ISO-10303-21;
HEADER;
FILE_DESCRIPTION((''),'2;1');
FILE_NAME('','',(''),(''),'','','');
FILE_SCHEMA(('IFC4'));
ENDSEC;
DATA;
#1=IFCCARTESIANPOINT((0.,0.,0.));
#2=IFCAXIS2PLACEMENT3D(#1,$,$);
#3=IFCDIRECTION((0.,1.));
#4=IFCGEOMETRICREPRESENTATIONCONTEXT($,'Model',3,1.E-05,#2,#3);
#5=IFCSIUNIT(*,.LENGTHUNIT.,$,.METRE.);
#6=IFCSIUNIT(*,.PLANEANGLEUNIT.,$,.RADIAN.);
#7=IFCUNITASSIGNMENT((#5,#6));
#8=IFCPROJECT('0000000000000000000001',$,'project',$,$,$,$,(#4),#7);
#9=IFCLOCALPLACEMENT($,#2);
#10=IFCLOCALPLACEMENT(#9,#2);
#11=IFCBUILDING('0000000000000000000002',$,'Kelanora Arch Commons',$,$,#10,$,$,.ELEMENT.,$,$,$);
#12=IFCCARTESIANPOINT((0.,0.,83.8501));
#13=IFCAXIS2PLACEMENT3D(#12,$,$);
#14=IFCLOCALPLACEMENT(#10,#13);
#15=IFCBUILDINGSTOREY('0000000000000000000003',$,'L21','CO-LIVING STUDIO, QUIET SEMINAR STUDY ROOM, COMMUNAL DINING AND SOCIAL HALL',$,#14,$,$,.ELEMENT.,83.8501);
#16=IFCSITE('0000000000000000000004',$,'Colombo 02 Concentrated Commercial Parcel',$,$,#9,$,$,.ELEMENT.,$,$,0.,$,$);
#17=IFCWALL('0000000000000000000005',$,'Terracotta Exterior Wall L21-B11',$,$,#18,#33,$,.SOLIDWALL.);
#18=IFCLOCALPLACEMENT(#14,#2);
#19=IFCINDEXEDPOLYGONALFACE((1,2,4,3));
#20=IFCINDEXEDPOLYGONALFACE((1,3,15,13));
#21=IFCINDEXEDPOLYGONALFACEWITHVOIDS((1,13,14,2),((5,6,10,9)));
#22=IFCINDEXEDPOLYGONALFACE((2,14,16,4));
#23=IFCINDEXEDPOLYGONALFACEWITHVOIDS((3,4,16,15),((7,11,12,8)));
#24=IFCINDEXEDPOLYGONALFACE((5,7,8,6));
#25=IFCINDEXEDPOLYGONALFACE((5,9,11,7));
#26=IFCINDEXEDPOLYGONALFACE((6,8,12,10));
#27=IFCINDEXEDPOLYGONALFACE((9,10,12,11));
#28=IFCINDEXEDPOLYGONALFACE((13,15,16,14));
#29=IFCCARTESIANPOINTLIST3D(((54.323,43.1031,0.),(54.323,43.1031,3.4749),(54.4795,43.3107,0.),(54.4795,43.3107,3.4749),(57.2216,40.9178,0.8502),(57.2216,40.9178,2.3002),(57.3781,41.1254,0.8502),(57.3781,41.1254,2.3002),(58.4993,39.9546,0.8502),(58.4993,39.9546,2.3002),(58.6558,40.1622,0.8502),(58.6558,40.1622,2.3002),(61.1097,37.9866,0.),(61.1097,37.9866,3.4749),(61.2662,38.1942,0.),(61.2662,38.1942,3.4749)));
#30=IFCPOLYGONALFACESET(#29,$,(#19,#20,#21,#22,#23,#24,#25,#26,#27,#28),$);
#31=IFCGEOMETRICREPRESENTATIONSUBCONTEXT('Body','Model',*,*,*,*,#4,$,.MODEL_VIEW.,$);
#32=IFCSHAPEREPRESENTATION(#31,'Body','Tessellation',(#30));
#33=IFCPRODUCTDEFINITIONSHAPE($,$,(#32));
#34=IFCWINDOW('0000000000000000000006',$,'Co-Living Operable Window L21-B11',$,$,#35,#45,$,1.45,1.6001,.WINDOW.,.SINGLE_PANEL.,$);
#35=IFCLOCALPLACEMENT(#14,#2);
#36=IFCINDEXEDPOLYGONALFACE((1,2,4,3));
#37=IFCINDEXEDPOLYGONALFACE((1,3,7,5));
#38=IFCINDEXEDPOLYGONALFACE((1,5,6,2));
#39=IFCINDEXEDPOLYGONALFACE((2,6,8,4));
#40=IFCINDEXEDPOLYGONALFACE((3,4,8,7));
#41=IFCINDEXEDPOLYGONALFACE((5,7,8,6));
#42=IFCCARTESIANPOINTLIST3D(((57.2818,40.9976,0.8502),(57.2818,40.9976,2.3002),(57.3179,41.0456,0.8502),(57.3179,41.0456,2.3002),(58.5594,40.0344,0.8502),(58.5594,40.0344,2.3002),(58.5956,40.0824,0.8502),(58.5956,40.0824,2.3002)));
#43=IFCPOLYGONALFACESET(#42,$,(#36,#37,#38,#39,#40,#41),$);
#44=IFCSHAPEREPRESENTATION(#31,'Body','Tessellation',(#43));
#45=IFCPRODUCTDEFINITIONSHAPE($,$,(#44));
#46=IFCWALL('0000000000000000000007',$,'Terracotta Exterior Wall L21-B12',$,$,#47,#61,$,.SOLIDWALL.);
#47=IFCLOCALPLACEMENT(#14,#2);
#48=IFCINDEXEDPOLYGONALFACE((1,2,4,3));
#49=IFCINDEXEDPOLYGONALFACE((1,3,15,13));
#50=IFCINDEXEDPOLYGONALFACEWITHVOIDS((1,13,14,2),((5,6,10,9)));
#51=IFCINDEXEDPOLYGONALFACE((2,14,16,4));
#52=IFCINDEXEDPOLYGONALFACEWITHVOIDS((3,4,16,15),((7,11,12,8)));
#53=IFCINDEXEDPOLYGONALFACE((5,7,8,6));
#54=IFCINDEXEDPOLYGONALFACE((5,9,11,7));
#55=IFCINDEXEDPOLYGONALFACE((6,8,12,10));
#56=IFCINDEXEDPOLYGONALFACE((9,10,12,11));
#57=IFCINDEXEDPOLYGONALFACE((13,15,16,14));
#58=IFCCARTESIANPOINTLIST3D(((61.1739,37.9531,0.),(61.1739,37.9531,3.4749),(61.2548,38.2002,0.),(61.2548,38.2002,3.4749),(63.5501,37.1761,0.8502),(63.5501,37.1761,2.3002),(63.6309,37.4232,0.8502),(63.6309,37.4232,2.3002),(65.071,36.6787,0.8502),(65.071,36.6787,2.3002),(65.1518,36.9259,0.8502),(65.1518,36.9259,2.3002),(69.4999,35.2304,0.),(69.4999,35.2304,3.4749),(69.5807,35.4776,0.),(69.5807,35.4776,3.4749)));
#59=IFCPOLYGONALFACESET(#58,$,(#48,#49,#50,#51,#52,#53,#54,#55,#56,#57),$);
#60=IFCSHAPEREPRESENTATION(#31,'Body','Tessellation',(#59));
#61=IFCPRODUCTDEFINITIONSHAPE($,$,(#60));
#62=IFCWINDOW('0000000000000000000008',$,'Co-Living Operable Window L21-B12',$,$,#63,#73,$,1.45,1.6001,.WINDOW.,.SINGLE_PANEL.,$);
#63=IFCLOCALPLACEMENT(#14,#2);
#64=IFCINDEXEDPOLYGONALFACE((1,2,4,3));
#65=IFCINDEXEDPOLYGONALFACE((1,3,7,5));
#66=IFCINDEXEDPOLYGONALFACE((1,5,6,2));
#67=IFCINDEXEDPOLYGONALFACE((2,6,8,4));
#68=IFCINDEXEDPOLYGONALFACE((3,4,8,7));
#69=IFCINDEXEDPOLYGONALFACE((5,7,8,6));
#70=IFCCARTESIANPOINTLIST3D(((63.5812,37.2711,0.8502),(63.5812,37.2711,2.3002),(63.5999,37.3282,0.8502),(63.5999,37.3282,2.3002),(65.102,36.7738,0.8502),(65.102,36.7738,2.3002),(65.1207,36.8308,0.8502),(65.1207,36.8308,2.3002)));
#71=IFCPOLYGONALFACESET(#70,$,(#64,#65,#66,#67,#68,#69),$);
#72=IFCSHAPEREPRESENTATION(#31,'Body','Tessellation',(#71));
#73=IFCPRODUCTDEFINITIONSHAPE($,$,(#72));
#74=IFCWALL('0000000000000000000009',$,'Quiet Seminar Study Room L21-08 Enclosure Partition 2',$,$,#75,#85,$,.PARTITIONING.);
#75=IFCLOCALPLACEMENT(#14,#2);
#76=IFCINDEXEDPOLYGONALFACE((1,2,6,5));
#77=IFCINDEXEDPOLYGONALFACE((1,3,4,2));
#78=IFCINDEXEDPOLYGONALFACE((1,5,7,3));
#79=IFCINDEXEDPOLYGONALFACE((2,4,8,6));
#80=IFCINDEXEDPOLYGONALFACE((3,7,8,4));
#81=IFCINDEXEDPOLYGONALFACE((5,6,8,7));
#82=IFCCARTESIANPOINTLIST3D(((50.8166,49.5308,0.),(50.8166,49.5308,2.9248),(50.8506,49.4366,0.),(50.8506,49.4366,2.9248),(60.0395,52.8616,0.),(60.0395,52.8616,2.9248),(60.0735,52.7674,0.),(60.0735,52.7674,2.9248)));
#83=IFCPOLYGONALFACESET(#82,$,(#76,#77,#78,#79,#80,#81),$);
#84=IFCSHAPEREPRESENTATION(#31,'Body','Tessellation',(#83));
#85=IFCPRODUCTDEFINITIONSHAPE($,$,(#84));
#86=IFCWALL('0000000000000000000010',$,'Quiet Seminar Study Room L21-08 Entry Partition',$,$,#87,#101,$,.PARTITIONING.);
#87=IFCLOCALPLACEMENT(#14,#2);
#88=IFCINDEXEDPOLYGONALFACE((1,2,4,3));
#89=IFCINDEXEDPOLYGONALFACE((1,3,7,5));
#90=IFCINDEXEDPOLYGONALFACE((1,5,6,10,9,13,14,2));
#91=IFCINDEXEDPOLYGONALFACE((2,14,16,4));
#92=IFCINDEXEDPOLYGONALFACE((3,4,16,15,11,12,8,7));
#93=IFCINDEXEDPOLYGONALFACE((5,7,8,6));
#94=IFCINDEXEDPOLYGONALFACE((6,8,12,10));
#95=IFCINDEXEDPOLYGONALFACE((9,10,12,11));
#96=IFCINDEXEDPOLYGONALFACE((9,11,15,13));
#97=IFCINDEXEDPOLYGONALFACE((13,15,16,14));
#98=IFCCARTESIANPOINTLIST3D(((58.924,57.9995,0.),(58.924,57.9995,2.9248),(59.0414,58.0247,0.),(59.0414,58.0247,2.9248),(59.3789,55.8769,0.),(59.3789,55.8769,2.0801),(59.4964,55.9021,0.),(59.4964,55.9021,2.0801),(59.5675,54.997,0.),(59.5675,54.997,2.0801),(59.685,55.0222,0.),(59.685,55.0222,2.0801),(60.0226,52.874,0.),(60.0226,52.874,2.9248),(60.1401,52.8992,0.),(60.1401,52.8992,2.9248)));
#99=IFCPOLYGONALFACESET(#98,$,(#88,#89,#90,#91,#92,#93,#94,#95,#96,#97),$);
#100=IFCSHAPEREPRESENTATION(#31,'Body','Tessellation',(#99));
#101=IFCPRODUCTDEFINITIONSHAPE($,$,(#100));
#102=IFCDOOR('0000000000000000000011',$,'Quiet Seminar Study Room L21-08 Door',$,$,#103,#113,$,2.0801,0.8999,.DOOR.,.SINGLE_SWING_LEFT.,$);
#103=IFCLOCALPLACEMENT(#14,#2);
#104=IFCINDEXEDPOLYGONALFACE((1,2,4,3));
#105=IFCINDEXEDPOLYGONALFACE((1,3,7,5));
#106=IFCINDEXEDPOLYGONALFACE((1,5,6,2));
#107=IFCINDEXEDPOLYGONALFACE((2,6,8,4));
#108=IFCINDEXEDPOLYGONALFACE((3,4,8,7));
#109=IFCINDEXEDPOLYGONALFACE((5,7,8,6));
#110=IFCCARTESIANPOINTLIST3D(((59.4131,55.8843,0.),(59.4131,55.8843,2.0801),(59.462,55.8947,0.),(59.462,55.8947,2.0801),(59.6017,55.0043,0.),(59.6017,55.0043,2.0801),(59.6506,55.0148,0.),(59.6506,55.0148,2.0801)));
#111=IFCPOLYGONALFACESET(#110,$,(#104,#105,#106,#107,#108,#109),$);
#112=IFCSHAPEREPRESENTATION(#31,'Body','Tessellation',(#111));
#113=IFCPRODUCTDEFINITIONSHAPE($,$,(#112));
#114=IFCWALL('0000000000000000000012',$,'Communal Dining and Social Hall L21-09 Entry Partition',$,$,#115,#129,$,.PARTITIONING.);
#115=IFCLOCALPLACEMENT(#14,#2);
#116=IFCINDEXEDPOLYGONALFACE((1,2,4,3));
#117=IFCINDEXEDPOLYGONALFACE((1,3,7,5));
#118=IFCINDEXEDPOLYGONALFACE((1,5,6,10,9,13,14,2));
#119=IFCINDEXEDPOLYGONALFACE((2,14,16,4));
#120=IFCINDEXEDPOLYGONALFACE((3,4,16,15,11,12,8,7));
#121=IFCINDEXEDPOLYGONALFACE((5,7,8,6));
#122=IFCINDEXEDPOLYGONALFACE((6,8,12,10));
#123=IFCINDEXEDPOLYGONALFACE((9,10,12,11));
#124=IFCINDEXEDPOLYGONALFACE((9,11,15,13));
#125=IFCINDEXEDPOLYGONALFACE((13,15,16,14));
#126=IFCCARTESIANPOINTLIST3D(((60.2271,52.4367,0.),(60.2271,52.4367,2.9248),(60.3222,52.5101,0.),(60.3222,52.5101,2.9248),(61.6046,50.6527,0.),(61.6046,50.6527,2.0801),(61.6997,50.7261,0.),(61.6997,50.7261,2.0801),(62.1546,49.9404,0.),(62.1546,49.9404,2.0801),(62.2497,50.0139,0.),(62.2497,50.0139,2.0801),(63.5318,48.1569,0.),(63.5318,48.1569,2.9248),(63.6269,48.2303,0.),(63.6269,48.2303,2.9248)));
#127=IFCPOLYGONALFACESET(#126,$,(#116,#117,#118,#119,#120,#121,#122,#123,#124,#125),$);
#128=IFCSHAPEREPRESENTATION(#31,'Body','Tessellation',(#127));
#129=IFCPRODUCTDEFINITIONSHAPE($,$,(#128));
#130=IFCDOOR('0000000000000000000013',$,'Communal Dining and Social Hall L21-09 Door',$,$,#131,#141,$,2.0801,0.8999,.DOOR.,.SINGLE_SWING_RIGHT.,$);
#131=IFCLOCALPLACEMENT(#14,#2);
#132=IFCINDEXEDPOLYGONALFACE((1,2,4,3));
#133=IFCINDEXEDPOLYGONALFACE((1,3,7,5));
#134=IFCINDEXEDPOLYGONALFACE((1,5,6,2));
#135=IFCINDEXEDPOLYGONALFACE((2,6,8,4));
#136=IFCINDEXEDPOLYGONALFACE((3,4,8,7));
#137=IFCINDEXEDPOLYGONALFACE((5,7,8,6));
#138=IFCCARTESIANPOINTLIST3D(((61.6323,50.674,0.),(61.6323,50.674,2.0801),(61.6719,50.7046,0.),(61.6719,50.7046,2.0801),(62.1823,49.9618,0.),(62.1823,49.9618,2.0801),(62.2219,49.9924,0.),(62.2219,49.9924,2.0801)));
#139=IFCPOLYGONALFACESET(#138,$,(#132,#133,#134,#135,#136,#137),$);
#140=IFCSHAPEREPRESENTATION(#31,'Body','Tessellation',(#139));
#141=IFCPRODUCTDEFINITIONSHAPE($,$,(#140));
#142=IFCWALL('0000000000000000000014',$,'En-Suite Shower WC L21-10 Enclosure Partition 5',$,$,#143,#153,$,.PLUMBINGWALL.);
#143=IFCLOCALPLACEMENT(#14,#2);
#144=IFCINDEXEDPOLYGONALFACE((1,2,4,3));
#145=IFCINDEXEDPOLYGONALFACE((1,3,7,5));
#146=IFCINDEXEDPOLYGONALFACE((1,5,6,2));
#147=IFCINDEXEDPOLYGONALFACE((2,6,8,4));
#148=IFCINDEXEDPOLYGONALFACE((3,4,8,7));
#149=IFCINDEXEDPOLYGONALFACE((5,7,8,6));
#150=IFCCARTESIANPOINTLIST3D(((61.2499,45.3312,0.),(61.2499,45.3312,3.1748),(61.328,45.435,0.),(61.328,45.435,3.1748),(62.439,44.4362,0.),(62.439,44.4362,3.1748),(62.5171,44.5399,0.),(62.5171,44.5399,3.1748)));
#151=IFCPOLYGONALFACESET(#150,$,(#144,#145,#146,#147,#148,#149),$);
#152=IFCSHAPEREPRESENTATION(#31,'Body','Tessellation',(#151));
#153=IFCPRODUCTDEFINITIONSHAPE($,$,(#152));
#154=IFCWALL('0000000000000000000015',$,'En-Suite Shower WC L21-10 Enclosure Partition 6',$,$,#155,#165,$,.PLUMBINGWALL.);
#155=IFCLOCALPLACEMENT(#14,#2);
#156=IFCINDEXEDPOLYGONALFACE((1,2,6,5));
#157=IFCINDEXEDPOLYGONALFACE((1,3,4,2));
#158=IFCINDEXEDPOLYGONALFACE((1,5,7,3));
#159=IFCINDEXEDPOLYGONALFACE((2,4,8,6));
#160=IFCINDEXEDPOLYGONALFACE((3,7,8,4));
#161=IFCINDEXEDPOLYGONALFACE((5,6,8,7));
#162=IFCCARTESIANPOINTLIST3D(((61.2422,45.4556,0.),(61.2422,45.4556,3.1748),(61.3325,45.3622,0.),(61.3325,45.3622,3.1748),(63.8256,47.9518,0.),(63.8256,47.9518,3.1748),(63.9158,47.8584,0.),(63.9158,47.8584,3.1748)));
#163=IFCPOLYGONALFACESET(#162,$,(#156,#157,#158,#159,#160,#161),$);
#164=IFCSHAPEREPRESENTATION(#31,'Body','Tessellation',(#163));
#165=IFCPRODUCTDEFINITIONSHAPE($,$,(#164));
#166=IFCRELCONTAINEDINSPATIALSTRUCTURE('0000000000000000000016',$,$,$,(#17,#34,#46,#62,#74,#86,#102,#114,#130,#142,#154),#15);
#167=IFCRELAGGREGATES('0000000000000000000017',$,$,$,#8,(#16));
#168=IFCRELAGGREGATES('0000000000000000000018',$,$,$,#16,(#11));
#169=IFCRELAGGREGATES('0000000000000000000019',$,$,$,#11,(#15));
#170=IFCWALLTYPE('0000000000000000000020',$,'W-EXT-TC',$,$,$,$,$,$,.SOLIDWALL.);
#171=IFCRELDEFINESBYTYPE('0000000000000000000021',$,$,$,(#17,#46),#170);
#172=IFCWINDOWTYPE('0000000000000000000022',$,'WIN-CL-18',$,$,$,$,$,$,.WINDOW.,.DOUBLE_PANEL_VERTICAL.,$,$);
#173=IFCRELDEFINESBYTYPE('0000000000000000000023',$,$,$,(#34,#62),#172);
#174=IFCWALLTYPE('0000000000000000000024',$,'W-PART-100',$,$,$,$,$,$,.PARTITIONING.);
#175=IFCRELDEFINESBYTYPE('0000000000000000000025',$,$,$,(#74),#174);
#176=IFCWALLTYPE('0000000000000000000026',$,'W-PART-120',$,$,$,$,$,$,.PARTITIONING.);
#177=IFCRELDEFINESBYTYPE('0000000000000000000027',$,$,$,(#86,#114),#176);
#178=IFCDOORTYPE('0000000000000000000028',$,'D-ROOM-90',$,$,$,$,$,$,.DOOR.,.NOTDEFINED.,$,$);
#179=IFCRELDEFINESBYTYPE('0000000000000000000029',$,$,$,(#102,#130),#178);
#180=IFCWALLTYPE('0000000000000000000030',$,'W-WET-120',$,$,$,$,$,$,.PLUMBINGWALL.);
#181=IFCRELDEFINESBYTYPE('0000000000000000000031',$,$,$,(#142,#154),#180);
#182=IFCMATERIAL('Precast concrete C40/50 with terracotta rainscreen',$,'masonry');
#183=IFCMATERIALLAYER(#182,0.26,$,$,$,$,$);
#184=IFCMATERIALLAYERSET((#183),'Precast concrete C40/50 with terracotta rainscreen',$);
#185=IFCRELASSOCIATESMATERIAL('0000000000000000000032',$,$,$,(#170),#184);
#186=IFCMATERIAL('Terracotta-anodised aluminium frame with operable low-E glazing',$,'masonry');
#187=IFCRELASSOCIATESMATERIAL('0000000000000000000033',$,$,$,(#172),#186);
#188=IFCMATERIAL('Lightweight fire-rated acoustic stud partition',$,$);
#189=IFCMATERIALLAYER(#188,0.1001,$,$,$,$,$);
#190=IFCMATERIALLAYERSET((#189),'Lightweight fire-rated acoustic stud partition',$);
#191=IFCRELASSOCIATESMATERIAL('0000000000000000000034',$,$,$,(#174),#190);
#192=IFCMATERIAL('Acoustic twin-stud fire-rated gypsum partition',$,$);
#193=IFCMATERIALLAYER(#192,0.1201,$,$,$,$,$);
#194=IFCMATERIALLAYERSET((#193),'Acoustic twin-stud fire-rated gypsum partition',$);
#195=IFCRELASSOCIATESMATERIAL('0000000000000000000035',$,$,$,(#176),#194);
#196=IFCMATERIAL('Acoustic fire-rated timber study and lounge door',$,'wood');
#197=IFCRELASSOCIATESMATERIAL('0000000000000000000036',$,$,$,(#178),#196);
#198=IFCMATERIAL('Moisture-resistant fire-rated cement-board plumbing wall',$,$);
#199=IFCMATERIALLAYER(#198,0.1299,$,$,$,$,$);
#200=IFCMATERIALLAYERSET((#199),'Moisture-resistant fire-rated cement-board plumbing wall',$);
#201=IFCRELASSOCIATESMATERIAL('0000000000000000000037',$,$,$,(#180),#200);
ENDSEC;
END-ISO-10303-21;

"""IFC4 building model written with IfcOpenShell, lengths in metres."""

from ifc_helpers import new_model, si_unit, direction, frame, frame_2d, origin, place, context, subcontext, project, spatial, rectangle, extrude, material, layer, layer_set, type_object, element, fill, save


model = new_model("IFC4")

# Units and contexts
model_context = context("Model", 3, precision=1e-05, world=origin(), true_north=direction((0.0, 1.0)))
body_context = subcontext(model_context, "Body", "Model", "MODEL_VIEW")
ifc_project = project(units=[si_unit("LENGTHUNIT", "METRE"), si_unit("PLANEANGLEUNIT", "RADIAN")], contexts=[model_context])

# Site, building, storey
site_placement = place(None, origin())
site = spatial("IfcSite", under=ifc_project, at=site_placement, Name="Colombo 02 Concentrated Commercial Parcel", CompositionType="ELEMENT", RefElevation=0.0)
building_placement = place(site_placement, origin())
building = spatial("IfcBuilding", under=site, at=building_placement, Name="Kelanora Arch Commons", CompositionType="ELEMENT")
storey_placement = place(building_placement, frame((0.0, 0.0, 83.8501)))
storey = spatial("IfcBuildingStorey", under=building, at=storey_placement, Name="L21", Description="CO-LIVING STUDIO, QUIET SEMINAR STUDY ROOM, COMMUNAL DINING AND SOCIAL HALL", CompositionType="ELEMENT", Elevation=83.8501)

# Walls, openings, windows
ifc_material_1 = material(Name="Precast concrete C40/50 with terracotta rainscreen", Category="masonry")
ifc_layer_1 = layer(ifc_material_1, 0.26)
ifc_layer_set_1 = layer_set([ifc_layer_1], Name="Precast concrete C40/50 with terracotta rainscreen")
wall_type_1 = type_object("IfcWallType", Name="W-EXT-TC", PredefinedType="SOLIDWALL", material=ifc_layer_set_1)
wall_1_placement = place(storey_placement, frame((54.4014, 43.2068, 0.0), z_axis=(0.0, 0.0, 1.0), x_axis=(0.798502, -0.601993, 0.0)))
wall_1 = element("IfcWall", 1, at=wall_1_placement, inside=storey, type_object=wall_type_1, Name="Terracotta Exterior Wall L21-B11", PredefinedType="SOLIDWALL", context=body_context, shape_type="SweptSolid", body=[
    extrude(rectangle(XDim=8.4993, YDim=0.26, at=frame_2d((4.2495, 0.0))), origin(), (0.0, 0.0, 1.0), 3.4749),
])
opening_1_placement = place(wall_1_placement, frame((3.6299, 0.0, 0.8501)))
opening_1 = element("IfcOpeningElement", 2, at=opening_1_placement, cuts=wall_1, PredefinedType="OPENING", context=body_context, shape_type="SweptSolid", body=[
    extrude(rectangle(XDim=1.6001, YDim=1.45, at=frame_2d((0.8, 0.7251))), frame((0.0, 0.1401, 0.0), z_axis=(0.0, -1.0, 0.0), x_axis=(1.0, 0.0, 0.0)), (0.0, 0.0, 1.0), 0.28),
])
ifc_material_2 = material(Name="Terracotta-anodised aluminium frame with operable low-E glazing", Category="masonry")
window_type = type_object("IfcWindowType", Name="WIN-CL-18", PartitioningType="DOUBLE_PANEL_VERTICAL", PredefinedType="WINDOW", material=ifc_material_2)
window_1_placement = place(opening_1_placement, origin())
window_1 = element("IfcWindow", 3, at=window_1_placement, inside=storey, type_object=window_type, Name="Co-Living Operable Window L21-B11", OverallHeight=1.45, OverallWidth=1.6001, PartitioningType="SINGLE_PANEL", PredefinedType="WINDOW", context=body_context, shape_type="SweptSolid", body=[
    extrude(rectangle(XDim=1.6001, YDim=1.45, at=frame_2d((0.8, 0.7251))), frame((0.0, 0.03, 0.0), z_axis=(0.0, -1.0, 0.0), x_axis=(1.0, 0.0, 0.0)), (0.0, 0.0, 1.0), 0.0601),
])
fill(opening_1, window_1)
wall_2_placement = place(storey_placement, frame((61.2144, 38.0767, 0.0), z_axis=(0.0, 0.0, 1.0), x_axis=(0.950471, -0.310813, 0.0)))
wall_2 = element("IfcWall", 4, at=wall_2_placement, inside=storey, type_object=wall_type_1, Name="Terracotta Exterior Wall L21-B12", PredefinedType="SOLIDWALL", context=body_context, shape_type="SweptSolid", body=[
    extrude(rectangle(XDim=8.7598, YDim=0.26, at=frame_2d((4.3799, 0.0))), origin(), (0.0, 0.0, 1.0), 3.4749),
])
opening_2_placement = place(wall_2_placement, frame((2.5, 0.0, 0.8501)))
opening_2 = element("IfcOpeningElement", 5, at=opening_2_placement, cuts=wall_2, PredefinedType="OPENING", context=body_context, shape_type="SweptSolid", body=[
    extrude(rectangle(XDim=1.6001, YDim=1.45, at=frame_2d((0.8, 0.7251))), frame((0.0, 0.1401, 0.0), z_axis=(0.0, -1.0, 0.0), x_axis=(1.0, 0.0, 0.0)), (0.0, 0.0, 1.0), 0.28),
])
window_2_placement = place(opening_2_placement, origin())
window_2 = element("IfcWindow", 6, at=window_2_placement, inside=storey, type_object=window_type, Name="Co-Living Operable Window L21-B12", OverallHeight=1.45, OverallWidth=1.6001, PartitioningType="SINGLE_PANEL", PredefinedType="WINDOW", context=body_context, shape_type="SweptSolid", body=[
    extrude(rectangle(XDim=1.6001, YDim=1.45, at=frame_2d((0.8, 0.7251))), frame((0.0, 0.03, 0.0), z_axis=(0.0, -1.0, 0.0), x_axis=(1.0, 0.0, 0.0)), (0.0, 0.0, 1.0), 0.0601),
])
fill(opening_2, window_2)

# Wall
ifc_material_3 = material(Name="Lightweight fire-rated acoustic stud partition")
ifc_layer_2 = layer(ifc_material_3, 0.1001)
ifc_layer_set_2 = layer_set([ifc_layer_2], Name="Lightweight fire-rated acoustic stud partition")
wall_type_2 = type_object("IfcWallType", Name="W-PART-100", PredefinedType="PARTITIONING", material=ifc_layer_set_2)
wall_3_placement = place(storey_placement, frame((60.0564, 52.8145, 0.0), z_axis=(0.0, 0.0, 1.0), x_axis=(-0.940544, -0.339673, 0.0)))
element("IfcWall", 7, at=wall_3_placement, inside=storey, type_object=wall_type_2, Name="Quiet Seminar Study Room L21-08 Enclosure Partition 2", PredefinedType="PARTITIONING", context=body_context, shape_type="SweptSolid", body=[
    extrude(rectangle(XDim=9.8059, YDim=0.1001, at=frame_2d((4.9028, 0.0))), origin(), (0.0, 0.0, 1.0), 2.9248),
])

# Walls, openings, doors
ifc_material_4 = material(Name="Acoustic twin-stud fire-rated gypsum partition")
ifc_layer_3 = layer(ifc_material_4, 0.1201)
ifc_layer_set_3 = layer_set([ifc_layer_3], Name="Acoustic twin-stud fire-rated gypsum partition")
wall_type_3 = type_object("IfcWallType", Name="W-PART-120", PredefinedType="PARTITIONING", material=ifc_layer_set_3)
wall_4_placement = place(storey_placement, frame((58.9827, 58.0122, 0.0), z_axis=(0.0, 0.0, 1.0), x_axis=(0.209586, -0.97779, 0.0)))
wall_4 = element("IfcWall", 8, at=wall_4_placement, inside=storey, type_object=wall_type_3, Name="Quiet Seminar Study Room L21-08 Entry Partition", PredefinedType="PARTITIONING", context=body_context, shape_type="SweptSolid", body=[
    extrude(rectangle(XDim=5.2419, YDim=0.1201, at=frame_2d((2.6211, 0.0))), origin(), (0.0, 0.0, 1.0), 2.9248),
])
opening_3_placement = place(wall_4_placement, frame((2.1709, 0.0, 0.0)))
opening_3 = element("IfcOpeningElement", 9, at=opening_3_placement, cuts=wall_4, PredefinedType="OPENING", context=body_context, shape_type="SweptSolid", body=[
    extrude(rectangle(XDim=0.8999, YDim=2.0801, at=frame_2d((0.45, 1.04))), frame((0.0, 0.0701, 0.0), z_axis=(0.0, -1.0, 0.0), x_axis=(1.0, 0.0, 0.0)), (0.0, 0.0, 1.0), 0.1401),
])
ifc_material_5 = material(Name="Acoustic fire-rated timber study and lounge door", Category="wood")
door_type = type_object("IfcDoorType", Name="D-ROOM-90", OperationType="NOTDEFINED", PredefinedType="DOOR", material=ifc_material_5)
door_1_placement = place(opening_3_placement, origin())
door_1 = element("IfcDoor", 10, at=door_1_placement, inside=storey, type_object=door_type, Name="Quiet Seminar Study Room L21-08 Door", OperationType="SINGLE_SWING_LEFT", OverallHeight=2.0801, OverallWidth=0.8999, PredefinedType="DOOR", context=body_context, shape_type="SweptSolid", body=[
    extrude(rectangle(XDim=0.8999, YDim=2.0801, at=frame_2d((0.45, 1.04))), frame((0.0, 0.0249, 0.0), z_axis=(0.0, -1.0, 0.0), x_axis=(1.0, 0.0, 0.0)), (0.0, 0.0, 1.0), 0.05),
])
fill(opening_3, door_1)
wall_5_placement = place(storey_placement, frame((60.2747, 52.4734, 0.0), z_axis=(0.0, 0.0, 1.0), x_axis=(0.611167, -0.791501, 0.0)))
wall_5 = element("IfcWall", 11, at=wall_5_placement, inside=storey, type_object=wall_type_3, Name="Communal Dining and Social Hall L21-09 Entry Partition", PredefinedType="PARTITIONING", context=body_context, shape_type="SweptSolid", body=[
    extrude(rectangle(XDim=5.4072, YDim=0.1201, at=frame_2d((2.7036, 0.0))), origin(), (0.0, 0.0, 1.0), 2.9248),
])
opening_4_placement = place(wall_5_placement, frame((2.2539, 0.0, 0.0)))
opening_4 = element("IfcOpeningElement", 12, at=opening_4_placement, cuts=wall_5, PredefinedType="OPENING", context=body_context, shape_type="SweptSolid", body=[
    extrude(rectangle(XDim=0.8999, YDim=2.0801, at=frame_2d((0.45, 1.04))), frame((0.0, 0.0701, 0.0), z_axis=(0.0, -1.0, 0.0), x_axis=(1.0, 0.0, 0.0)), (0.0, 0.0, 1.0), 0.1401),
])
door_2_placement = place(opening_4_placement, origin())
door_2 = element("IfcDoor", 13, at=door_2_placement, inside=storey, type_object=door_type, Name="Communal Dining and Social Hall L21-09 Door", OperationType="SINGLE_SWING_RIGHT", OverallHeight=2.0801, OverallWidth=0.8999, PredefinedType="DOOR", context=body_context, shape_type="SweptSolid", body=[
    extrude(rectangle(XDim=0.8999, YDim=2.0801, at=frame_2d((0.45, 1.04))), frame((0.0, 0.0249, 0.0), z_axis=(0.0, -1.0, 0.0), x_axis=(1.0, 0.0, 0.0)), (0.0, 0.0, 1.0), 0.05),
])
fill(opening_4, door_2)

# Walls
ifc_material_6 = material(Name="Moisture-resistant fire-rated cement-board plumbing wall")
ifc_layer_4 = layer(ifc_material_6, 0.1299)
ifc_layer_set_4 = layer_set([ifc_layer_4], Name="Moisture-resistant fire-rated cement-board plumbing wall")
wall_type_4 = type_object("IfcWallType", Name="W-WET-120", PredefinedType="PLUMBINGWALL", material=ifc_layer_set_4)
wall_6_placement = place(storey_placement, frame((62.478, 44.488, 0.0), z_axis=(0.0, 0.0, 1.0), x_axis=(-0.798936, 0.601416, 0.0)))
element("IfcWall", 14, at=wall_6_placement, inside=storey, type_object=wall_type_4, Name="En-Suite Shower WC L21-10 Enclosure Partition 5", PredefinedType="PLUMBINGWALL", context=body_context, shape_type="SweptSolid", body=[
    extrude(rectangle(XDim=1.4883, YDim=0.1299, at=frame_2d((0.7441, 0.0))), origin(), (0.0, 0.0, 1.0), 3.1748),
])
wall_7_placement = place(storey_placement, frame((61.2874, 45.4089, 0.0), z_axis=(0.0, 0.0, 1.0), x_axis=(0.719134, 0.694871, 0.0)))
element("IfcWall", 15, at=wall_7_placement, inside=storey, type_object=wall_type_4, Name="En-Suite Shower WC L21-10 Enclosure Partition 6", PredefinedType="PLUMBINGWALL", context=body_context, shape_type="SweptSolid", body=[
    extrude(rectangle(XDim=3.5923, YDim=0.1299, at=frame_2d((1.7961, 0.0))), origin(), (0.0, 0.0, 1.0), 3.1748),
])

save(model, "model.ifc")
